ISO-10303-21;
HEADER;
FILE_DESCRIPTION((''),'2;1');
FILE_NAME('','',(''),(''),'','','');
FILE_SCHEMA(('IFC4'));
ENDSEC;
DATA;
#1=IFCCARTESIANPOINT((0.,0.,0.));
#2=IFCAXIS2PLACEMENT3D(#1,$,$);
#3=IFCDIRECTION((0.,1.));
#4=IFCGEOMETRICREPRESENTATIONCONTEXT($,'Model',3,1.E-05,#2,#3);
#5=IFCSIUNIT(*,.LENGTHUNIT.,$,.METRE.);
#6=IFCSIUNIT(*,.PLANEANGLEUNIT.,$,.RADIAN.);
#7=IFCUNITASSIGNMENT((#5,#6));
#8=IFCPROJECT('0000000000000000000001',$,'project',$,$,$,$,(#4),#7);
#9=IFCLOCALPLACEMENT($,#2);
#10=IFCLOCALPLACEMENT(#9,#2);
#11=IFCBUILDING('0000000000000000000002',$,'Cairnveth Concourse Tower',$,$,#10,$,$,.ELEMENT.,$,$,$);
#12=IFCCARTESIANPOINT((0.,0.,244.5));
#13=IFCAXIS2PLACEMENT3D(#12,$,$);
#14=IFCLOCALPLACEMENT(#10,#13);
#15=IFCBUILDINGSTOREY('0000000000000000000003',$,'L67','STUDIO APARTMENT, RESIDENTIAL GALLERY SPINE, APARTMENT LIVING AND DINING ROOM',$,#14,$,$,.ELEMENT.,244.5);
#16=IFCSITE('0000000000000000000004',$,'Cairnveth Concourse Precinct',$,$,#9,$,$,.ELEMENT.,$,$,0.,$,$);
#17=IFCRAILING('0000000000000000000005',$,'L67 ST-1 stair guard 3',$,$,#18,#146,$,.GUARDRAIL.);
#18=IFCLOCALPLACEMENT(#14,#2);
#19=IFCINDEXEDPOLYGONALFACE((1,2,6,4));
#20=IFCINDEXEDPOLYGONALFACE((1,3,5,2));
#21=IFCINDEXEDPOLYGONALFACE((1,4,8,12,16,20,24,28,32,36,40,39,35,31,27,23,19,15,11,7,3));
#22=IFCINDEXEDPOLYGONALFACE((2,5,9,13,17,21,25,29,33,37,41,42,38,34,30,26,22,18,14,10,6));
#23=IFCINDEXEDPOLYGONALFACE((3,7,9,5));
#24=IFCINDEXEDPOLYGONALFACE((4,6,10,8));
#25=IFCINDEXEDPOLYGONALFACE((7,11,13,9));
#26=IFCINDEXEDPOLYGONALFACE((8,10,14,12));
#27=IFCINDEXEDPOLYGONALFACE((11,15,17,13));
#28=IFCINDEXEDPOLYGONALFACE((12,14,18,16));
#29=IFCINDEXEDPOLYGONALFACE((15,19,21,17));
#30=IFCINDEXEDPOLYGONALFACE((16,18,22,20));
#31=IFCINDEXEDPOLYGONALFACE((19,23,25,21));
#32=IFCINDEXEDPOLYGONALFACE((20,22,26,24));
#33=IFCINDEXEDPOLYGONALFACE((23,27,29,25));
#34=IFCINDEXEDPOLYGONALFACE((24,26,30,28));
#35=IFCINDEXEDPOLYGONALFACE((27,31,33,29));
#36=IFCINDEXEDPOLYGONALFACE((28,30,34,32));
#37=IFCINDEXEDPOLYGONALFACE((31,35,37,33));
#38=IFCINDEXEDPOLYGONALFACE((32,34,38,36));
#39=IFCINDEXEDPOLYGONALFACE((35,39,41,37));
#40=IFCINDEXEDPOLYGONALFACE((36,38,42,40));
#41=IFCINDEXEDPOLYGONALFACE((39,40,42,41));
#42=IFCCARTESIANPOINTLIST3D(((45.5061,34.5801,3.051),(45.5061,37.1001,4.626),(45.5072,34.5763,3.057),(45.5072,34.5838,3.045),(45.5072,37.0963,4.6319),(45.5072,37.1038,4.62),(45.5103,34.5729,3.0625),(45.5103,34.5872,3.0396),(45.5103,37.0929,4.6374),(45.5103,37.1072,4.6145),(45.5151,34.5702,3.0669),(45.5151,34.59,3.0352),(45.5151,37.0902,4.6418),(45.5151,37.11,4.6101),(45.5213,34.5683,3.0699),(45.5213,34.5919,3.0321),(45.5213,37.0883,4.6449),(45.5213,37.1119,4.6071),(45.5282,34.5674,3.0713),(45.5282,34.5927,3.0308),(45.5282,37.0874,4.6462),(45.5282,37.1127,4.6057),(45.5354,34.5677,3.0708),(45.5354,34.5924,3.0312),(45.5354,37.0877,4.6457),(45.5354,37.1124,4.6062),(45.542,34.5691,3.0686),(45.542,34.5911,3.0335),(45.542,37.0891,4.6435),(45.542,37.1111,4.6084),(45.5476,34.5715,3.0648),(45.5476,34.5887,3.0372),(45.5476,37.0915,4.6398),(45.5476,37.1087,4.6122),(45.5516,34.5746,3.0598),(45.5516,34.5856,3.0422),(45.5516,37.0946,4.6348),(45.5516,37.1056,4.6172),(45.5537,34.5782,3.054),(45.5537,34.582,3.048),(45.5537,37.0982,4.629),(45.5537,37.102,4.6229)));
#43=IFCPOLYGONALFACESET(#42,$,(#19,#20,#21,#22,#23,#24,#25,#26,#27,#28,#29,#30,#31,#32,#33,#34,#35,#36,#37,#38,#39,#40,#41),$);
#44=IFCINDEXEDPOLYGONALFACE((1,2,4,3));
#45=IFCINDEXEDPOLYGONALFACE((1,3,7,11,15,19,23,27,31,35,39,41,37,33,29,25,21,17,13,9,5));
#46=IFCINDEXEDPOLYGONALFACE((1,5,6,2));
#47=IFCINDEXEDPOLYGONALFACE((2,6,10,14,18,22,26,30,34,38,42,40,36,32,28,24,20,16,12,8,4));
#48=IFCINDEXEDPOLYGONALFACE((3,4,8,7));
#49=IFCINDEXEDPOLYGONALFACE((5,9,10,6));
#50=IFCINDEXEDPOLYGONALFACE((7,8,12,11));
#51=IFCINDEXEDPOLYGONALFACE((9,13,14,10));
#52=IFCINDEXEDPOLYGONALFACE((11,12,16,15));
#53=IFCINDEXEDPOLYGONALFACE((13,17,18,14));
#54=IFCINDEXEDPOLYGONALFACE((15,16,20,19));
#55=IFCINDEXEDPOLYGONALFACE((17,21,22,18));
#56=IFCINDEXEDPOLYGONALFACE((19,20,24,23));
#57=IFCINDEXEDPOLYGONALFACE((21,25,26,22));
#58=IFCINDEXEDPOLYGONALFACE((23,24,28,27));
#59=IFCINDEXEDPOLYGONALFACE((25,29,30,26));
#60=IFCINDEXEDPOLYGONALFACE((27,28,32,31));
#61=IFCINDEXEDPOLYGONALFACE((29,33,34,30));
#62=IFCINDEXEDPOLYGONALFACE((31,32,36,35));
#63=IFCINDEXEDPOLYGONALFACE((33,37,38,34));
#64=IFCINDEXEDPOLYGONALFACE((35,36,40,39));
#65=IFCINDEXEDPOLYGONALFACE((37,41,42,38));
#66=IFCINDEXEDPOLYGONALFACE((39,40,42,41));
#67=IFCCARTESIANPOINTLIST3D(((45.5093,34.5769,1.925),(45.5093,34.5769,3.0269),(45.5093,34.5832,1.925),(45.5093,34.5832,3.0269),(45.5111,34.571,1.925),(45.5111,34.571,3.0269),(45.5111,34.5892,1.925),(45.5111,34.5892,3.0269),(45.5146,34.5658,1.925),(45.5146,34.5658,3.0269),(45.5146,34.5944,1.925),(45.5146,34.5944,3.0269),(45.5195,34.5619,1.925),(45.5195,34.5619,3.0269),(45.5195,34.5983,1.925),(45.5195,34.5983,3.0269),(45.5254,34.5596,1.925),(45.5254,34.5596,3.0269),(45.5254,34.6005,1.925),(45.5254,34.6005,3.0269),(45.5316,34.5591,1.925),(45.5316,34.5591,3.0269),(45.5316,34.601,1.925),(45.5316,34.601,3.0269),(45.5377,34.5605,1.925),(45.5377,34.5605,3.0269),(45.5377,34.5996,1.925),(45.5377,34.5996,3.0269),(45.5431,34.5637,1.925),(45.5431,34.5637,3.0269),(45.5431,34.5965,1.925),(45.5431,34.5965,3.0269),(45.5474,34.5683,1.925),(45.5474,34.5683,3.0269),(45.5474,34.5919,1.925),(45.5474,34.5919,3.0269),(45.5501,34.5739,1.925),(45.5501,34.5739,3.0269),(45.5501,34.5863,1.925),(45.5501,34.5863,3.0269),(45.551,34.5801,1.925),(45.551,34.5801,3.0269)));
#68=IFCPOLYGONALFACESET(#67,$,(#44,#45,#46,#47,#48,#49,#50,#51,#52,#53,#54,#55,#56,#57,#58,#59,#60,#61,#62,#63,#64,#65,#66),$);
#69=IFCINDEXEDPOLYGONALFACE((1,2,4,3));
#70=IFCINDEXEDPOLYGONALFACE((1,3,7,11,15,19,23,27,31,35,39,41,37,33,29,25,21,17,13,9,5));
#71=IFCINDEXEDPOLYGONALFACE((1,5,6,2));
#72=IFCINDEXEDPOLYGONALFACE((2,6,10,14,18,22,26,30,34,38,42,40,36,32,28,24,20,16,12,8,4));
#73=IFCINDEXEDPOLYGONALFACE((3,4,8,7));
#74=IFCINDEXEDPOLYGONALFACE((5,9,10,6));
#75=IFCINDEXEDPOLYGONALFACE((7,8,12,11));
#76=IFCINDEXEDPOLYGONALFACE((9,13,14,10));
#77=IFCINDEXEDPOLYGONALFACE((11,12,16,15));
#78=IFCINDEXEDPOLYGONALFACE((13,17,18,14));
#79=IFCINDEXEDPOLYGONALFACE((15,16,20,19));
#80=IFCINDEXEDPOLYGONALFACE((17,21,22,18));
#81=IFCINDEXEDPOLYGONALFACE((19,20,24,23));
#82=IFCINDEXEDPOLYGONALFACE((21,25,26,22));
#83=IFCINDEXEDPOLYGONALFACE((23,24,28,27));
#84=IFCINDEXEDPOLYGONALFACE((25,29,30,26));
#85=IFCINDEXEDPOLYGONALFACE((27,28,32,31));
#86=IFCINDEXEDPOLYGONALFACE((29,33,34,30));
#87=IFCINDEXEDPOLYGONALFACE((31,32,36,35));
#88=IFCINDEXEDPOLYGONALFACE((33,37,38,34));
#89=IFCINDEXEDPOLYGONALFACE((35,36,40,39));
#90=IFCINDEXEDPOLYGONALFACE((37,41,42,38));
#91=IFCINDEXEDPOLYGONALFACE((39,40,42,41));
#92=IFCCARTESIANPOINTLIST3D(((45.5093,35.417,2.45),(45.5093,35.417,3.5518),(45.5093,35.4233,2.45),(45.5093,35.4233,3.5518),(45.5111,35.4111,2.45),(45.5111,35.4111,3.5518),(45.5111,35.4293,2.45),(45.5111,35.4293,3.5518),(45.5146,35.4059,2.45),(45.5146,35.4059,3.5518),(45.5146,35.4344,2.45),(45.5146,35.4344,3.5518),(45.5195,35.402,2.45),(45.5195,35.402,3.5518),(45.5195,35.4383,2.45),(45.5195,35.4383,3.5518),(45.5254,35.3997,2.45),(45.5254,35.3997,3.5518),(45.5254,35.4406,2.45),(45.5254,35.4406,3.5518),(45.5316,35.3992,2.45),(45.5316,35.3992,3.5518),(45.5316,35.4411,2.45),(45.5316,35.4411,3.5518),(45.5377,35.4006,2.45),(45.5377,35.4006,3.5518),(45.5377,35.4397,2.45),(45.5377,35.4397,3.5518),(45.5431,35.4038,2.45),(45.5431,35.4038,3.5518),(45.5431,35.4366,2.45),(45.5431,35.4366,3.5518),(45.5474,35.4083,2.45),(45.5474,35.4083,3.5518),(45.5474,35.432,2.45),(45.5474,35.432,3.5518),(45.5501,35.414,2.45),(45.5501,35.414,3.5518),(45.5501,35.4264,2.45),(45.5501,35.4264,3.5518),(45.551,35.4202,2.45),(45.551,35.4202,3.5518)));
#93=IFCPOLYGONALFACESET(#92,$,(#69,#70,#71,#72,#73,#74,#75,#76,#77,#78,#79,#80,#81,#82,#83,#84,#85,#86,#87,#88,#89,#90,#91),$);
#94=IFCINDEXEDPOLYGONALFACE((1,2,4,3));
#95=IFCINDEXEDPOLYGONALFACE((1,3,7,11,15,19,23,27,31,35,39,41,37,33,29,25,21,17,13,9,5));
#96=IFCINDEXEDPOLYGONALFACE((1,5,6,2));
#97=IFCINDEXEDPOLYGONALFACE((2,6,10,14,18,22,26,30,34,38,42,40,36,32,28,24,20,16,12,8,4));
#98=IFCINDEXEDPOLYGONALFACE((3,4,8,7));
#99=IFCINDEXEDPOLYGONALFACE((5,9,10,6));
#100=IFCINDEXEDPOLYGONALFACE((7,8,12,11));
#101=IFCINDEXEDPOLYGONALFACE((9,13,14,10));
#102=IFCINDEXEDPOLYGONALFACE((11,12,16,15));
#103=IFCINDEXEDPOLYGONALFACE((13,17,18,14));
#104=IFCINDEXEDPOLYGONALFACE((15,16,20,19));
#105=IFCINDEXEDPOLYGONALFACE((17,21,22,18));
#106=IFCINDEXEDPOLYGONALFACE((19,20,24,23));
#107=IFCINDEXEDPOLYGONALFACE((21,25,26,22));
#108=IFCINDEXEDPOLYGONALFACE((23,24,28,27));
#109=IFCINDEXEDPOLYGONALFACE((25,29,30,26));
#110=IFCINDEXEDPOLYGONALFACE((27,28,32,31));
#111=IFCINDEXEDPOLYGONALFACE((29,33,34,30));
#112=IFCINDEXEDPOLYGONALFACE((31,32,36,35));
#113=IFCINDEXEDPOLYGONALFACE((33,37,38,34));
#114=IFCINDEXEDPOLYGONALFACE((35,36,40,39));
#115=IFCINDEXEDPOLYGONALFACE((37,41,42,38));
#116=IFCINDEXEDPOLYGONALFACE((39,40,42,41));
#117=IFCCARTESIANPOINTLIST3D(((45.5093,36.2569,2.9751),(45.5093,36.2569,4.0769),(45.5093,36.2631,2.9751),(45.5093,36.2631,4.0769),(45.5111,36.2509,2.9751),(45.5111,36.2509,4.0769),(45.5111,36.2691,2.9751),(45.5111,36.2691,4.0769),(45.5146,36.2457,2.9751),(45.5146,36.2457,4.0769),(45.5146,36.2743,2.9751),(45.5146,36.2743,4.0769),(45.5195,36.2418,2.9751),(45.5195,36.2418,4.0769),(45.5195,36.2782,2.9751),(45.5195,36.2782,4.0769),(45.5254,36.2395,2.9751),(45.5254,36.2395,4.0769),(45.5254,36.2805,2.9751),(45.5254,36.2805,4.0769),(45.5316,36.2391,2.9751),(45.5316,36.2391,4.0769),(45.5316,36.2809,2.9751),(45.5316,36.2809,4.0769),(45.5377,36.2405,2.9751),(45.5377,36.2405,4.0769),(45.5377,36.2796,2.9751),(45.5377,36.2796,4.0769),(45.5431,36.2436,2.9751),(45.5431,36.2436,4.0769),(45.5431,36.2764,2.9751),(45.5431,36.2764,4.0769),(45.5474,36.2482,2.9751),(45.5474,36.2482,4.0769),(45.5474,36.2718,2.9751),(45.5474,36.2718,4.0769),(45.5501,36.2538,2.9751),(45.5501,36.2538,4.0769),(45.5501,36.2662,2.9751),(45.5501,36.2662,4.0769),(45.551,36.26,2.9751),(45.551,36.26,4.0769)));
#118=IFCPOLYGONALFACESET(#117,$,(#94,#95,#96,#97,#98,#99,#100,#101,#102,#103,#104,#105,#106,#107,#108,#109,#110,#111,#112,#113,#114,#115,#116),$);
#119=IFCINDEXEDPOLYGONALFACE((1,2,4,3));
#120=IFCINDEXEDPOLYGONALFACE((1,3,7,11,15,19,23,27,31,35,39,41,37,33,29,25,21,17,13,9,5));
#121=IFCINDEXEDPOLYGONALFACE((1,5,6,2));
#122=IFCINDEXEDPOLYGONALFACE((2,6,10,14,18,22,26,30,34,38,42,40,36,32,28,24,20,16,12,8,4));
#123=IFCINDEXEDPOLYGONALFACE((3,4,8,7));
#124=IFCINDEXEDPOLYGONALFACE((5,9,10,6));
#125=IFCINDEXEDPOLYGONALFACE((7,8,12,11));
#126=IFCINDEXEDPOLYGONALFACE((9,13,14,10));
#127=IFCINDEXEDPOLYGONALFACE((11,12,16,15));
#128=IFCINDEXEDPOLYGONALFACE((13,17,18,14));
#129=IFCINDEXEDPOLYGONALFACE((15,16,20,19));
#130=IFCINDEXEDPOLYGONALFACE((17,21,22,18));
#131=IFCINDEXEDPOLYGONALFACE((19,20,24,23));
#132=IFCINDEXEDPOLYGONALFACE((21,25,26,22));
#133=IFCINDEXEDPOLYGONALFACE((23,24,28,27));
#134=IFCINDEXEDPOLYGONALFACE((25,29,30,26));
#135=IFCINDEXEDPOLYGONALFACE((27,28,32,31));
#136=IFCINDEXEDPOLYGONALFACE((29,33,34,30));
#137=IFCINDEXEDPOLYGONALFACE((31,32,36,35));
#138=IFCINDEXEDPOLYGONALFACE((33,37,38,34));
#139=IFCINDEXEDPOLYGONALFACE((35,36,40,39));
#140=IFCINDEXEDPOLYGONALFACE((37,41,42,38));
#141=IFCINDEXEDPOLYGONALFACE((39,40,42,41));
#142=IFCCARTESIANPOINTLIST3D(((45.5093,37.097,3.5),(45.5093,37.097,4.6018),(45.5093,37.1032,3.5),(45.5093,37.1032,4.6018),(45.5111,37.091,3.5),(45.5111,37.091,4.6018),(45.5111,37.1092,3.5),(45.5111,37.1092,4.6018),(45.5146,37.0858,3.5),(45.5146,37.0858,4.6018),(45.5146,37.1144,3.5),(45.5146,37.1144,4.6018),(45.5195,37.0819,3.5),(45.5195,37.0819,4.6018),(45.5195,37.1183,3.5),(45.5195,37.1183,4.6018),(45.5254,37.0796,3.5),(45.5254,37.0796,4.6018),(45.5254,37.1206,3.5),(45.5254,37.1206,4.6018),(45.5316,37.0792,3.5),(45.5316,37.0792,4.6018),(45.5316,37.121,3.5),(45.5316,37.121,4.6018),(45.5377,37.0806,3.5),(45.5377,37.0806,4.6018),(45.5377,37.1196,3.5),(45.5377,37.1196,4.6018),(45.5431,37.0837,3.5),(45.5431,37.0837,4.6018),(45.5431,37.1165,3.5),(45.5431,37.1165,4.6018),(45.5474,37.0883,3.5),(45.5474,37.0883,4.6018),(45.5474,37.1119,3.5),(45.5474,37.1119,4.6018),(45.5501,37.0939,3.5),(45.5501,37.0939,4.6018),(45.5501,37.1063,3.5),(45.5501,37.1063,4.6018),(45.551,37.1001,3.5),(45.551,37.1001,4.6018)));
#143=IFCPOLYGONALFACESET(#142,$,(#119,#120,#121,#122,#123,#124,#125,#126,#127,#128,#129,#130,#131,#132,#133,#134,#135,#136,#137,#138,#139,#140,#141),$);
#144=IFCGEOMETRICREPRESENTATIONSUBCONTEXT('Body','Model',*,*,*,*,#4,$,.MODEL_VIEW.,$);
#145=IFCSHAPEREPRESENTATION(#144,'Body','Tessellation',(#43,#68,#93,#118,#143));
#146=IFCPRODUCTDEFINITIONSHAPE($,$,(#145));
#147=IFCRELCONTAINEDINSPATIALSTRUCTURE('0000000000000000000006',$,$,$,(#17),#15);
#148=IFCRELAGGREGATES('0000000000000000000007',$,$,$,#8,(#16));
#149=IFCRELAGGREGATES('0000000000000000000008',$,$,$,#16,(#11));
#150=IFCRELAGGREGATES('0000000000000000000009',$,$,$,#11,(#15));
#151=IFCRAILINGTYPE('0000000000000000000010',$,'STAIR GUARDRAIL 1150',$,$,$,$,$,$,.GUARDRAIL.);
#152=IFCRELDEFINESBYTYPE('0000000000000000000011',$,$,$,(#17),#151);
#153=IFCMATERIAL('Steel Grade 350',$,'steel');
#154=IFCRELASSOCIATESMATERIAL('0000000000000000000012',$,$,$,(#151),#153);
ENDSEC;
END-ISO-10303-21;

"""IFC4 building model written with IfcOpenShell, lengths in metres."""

from ifc_helpers import new_model, si_unit, direction, frame, origin, origin_2d, place, context, subcontext, project, spatial, circle, extrude, material, type_object, element, save


model = new_model("IFC4")

# Units and contexts
model_context = context("Model", 3, precision=1e-05, world=origin(), true_north=direction((0.0, 1.0)))
body_context = subcontext(model_context, "Body", "Model", "MODEL_VIEW")
ifc_project = project(units=[si_unit("LENGTHUNIT", "METRE"), si_unit("PLANEANGLEUNIT", "RADIAN")], contexts=[model_context])

# Site, building, storey
site_placement = place(None, origin())
site = spatial("IfcSite", under=ifc_project, at=site_placement, Name="Cairnveth Concourse Precinct", CompositionType="ELEMENT", RefElevation=0.0)
building_placement = place(site_placement, origin())
building = spatial("IfcBuilding", under=site, at=building_placement, Name="Cairnveth Concourse Tower", CompositionType="ELEMENT")
storey_placement = place(building_placement, frame((0.0, 0.0, 244.5)))
storey = spatial("IfcBuildingStorey", under=building, at=storey_placement, Name="L67", Description="STUDIO APARTMENT, RESIDENTIAL GALLERY SPINE, APARTMENT LIVING AND DINING ROOM", CompositionType="ELEMENT", Elevation=244.5)

# Railing
ifc_material_1 = material(Name="Steel Grade 350", Category="steel")
railing_type_1 = type_object("IfcRailingType", Name="STAIR GUARDRAIL 1150", PredefinedType="GUARDRAIL", material=ifc_material_1)
railing_1_placement = place(storey_placement, frame((45.53, 34.5801, 1.925)))
element("IfcRailing", 1, at=railing_1_placement, inside=storey, type_object=railing_type_1, Name="L67 ST-1 stair guard 3", PredefinedType="GUARDRAIL", context=body_context, shape_type="SweptSolid", body=[
    extrude(circle(Radius=0.0239, at=origin_2d()), frame((0.0, 0.0, 1.126), z_axis=(0.0, 0.848008, 0.529984), x_axis=(-1.0, 0.0, 0.0)), (0.0, 0.0, 1.0), 2.9717),
    extrude(circle(Radius=0.021, at=origin_2d()), origin(), (0.0, 0.0, 1.0), 1.1018),
    extrude(circle(Radius=0.021, at=origin_2d()), frame((0.0, 0.8401, 0.5249)), (0.0, 0.0, 1.0), 1.1018),
    extrude(circle(Radius=0.021, at=origin_2d()), frame((0.0, 1.6799, 1.05)), (0.0, 0.0, 1.0), 1.1018),
    extrude(circle(Radius=0.021, at=origin_2d()), frame((0.0, 2.52, 1.575)), (0.0, 0.0, 1.0), 1.1018),
])

save(model, "model.ifc")
